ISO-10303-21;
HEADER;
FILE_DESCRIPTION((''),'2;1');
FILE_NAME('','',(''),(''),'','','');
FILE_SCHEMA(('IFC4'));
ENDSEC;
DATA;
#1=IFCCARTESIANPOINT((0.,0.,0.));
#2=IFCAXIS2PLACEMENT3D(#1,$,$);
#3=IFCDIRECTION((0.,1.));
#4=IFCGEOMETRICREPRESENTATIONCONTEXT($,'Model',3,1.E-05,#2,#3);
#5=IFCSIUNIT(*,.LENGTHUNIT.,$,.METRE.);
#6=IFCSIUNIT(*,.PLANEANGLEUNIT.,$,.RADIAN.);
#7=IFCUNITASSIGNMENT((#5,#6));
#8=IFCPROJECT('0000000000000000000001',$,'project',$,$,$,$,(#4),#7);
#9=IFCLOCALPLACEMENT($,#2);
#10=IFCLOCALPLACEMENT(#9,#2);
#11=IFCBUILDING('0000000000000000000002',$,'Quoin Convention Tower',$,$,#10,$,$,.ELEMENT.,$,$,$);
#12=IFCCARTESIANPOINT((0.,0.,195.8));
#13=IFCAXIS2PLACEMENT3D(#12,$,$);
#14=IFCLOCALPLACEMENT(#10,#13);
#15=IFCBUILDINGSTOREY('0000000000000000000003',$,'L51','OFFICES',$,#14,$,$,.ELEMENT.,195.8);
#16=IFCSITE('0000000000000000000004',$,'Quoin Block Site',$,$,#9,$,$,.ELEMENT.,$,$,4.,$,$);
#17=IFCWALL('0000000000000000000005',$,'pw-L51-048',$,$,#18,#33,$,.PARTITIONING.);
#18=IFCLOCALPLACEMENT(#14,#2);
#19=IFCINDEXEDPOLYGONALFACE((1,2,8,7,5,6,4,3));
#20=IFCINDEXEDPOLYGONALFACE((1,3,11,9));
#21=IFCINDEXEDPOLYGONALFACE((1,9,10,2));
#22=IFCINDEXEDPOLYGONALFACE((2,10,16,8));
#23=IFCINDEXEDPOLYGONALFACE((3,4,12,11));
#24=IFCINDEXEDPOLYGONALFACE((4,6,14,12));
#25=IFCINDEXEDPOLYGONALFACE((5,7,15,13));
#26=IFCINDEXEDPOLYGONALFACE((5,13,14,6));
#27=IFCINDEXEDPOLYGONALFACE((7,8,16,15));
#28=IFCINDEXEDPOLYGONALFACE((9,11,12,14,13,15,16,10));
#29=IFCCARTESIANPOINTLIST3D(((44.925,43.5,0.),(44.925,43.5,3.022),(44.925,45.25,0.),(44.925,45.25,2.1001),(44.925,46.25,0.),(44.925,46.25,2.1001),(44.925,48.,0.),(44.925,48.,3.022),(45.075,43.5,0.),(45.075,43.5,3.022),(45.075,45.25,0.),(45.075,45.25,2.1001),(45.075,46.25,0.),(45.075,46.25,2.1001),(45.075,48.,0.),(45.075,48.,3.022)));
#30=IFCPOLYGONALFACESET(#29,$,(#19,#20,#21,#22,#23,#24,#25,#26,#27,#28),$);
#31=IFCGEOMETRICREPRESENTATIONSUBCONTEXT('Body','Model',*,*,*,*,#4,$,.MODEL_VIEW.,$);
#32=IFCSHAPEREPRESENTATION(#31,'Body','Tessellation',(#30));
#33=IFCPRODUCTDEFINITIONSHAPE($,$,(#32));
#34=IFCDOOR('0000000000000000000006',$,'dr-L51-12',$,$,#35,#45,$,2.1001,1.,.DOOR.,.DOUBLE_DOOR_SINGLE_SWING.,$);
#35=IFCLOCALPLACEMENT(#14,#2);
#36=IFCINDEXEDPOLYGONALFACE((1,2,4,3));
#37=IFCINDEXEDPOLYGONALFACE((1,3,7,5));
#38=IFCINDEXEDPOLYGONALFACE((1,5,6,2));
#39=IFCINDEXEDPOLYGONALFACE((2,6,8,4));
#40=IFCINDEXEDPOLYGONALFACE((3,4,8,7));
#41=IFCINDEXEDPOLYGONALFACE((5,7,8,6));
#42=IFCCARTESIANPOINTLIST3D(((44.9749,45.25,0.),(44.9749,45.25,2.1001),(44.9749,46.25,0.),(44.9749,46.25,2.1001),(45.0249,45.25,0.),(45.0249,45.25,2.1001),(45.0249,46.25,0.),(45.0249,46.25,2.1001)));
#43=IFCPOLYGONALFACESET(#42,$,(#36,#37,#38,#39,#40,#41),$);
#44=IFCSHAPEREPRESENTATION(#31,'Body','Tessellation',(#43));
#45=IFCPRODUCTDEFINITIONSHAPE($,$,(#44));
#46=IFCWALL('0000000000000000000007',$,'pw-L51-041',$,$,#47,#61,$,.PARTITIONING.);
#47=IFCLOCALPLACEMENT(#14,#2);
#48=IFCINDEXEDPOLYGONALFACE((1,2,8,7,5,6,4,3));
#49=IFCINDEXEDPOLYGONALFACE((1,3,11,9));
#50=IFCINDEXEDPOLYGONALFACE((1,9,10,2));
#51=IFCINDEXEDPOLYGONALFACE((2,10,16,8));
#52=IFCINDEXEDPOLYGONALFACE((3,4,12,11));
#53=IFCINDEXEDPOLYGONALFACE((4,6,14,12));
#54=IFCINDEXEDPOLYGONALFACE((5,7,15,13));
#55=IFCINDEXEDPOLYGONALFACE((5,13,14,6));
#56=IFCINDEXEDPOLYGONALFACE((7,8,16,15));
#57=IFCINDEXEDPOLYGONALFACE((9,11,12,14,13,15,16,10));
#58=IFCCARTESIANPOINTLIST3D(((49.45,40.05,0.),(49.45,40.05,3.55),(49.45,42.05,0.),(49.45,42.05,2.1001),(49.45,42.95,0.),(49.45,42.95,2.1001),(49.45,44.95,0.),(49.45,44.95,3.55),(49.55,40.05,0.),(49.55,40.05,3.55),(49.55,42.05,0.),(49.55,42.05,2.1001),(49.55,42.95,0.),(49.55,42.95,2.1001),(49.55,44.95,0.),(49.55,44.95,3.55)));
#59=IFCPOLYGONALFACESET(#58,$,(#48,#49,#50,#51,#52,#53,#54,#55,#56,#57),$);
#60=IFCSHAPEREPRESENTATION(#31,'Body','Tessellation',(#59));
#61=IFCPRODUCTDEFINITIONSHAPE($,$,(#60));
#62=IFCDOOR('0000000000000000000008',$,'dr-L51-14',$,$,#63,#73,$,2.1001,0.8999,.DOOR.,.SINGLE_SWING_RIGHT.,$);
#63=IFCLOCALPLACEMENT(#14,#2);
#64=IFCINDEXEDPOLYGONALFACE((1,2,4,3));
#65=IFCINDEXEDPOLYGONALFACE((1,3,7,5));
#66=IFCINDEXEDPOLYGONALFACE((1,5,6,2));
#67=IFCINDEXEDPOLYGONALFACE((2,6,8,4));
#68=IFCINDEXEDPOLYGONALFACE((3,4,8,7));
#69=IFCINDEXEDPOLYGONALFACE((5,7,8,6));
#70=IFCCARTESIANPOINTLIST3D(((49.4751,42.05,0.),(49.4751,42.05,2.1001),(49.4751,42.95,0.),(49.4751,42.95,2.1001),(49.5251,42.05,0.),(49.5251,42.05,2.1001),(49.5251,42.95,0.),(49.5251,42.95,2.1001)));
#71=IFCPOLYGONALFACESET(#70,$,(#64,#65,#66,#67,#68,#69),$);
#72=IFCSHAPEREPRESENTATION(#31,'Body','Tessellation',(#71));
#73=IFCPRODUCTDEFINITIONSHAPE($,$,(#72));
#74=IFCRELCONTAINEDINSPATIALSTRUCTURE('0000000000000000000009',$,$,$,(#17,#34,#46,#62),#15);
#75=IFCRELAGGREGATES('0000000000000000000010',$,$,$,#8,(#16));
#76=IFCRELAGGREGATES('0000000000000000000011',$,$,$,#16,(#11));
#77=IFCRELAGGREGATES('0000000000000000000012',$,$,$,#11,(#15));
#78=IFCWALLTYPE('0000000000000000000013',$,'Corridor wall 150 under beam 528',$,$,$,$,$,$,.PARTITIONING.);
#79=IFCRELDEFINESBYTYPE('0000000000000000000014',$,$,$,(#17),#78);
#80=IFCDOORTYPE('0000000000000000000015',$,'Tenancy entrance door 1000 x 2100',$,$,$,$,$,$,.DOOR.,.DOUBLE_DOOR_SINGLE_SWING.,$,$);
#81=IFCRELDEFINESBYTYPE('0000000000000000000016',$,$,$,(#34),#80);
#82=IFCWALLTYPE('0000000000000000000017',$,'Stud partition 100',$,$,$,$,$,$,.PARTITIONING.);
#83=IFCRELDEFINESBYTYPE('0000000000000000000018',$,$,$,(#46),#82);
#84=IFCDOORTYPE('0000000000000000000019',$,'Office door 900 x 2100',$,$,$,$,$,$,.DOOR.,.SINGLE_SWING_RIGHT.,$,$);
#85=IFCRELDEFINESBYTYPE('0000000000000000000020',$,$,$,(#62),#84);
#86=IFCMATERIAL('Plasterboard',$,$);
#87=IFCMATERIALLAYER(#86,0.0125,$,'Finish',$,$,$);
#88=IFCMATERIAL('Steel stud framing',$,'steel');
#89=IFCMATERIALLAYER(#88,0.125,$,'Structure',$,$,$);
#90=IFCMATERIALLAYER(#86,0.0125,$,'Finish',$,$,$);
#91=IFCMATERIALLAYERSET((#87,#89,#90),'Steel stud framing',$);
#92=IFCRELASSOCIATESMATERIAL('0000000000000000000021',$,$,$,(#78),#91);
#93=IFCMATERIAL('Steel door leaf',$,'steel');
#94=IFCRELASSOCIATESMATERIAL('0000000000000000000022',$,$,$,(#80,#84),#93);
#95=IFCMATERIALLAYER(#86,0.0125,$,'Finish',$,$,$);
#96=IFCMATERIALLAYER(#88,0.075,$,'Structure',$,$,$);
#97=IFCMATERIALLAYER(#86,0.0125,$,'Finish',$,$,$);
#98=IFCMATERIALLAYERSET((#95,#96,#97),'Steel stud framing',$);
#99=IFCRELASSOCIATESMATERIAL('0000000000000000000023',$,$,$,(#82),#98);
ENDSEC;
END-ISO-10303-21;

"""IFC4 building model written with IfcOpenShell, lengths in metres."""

from ifc_helpers import new_model, si_unit, direction, frame, frame_2d, origin, place, context, subcontext, project, spatial, rectangle, extrude, material, layer, layer_set, type_object, element, fill, save


model = new_model("IFC4")

# Units and contexts
model_context = context("Model", 3, precision=1e-05, world=origin(), true_north=direction((0.0, 1.0)))
body_context = subcontext(model_context, "Body", "Model", "MODEL_VIEW")
ifc_project = project(units=[si_unit("LENGTHUNIT", "METRE"), si_unit("PLANEANGLEUNIT", "RADIAN")], contexts=[model_context])

# Site, building, storey
site_placement = place(None, origin())
site = spatial("IfcSite", under=ifc_project, at=site_placement, Name="Quoin Block Site", CompositionType="ELEMENT", RefElevation=4.0)
building_placement = place(site_placement, origin())
building = spatial("IfcBuilding", under=site, at=building_placement, Name="Quoin Convention Tower", CompositionType="ELEMENT")
storey_placement = place(building_placement, frame((0.0, 0.0, 195.8)))
storey = spatial("IfcBuildingStorey", under=building, at=storey_placement, Name="L51", Description="OFFICES", CompositionType="ELEMENT", Elevation=195.8)

# Shared definitions
ifc_material_1 = material(Name="Plasterboard")
ifc_material_2 = material(Name="Steel stud framing", Category="steel")
ifc_layer_1 = layer(ifc_material_1, 0.0125, Name="Finish")
ifc_layer_2 = layer(ifc_material_2, 0.125, Name="Structure")
ifc_layer_3 = layer(ifc_material_1, 0.0125, Name="Finish")
ifc_layer_set_1 = layer_set([ifc_layer_1, ifc_layer_2, ifc_layer_3], Name="Steel stud framing")
wall_type_1 = type_object("IfcWallType", Name="Corridor wall 150 under beam 528", PredefinedType="PARTITIONING", material=ifc_layer_set_1)

# Walls, openings, doors
wall_1_placement = place(storey_placement, frame((45.0, 43.5, 0.0), z_axis=(0.0, 0.0, 1.0), x_axis=(0.0, 1.0, 0.0)))
wall_1 = element("IfcWall", 1, at=wall_1_placement, inside=storey, type_object=wall_type_1, Name="pw-L51-048", PredefinedType="PARTITIONING", context=body_context, shape_type="SweptSolid", body=[
    extrude(rectangle(XDim=4.5, YDim=0.1499, at=frame_2d((2.25, 0.0))), origin(), (0.0, 0.0, 1.0), 3.022),
])
opening_1_placement = place(wall_1_placement, frame((1.75, 0.0, 0.0)))
opening_1 = element("IfcOpeningElement", 2, at=opening_1_placement, cuts=wall_1, PredefinedType="OPENING", context=body_context, shape_type="SweptSolid", body=[
    extrude(rectangle(XDim=1.0, YDim=2.1001, at=frame_2d((0.5, 1.05))), frame((0.0, 0.085, 0.0), z_axis=(0.0, -1.0, 0.0), x_axis=(1.0, 0.0, 0.0)), (0.0, 0.0, 1.0), 0.1699),
])
ifc_material_3 = material(Name="Steel door leaf", Category="steel")
door_type_1 = type_object("IfcDoorType", Name="Tenancy entrance door 1000 x 2100", OperationType="DOUBLE_DOOR_SINGLE_SWING", PredefinedType="DOOR", material=ifc_material_3)
door_1_placement = place(opening_1_placement, frame((1.0, 0.0, 0.0), z_axis=(0.0, 0.0, 1.0), x_axis=(-1.0, 0.0, 0.0)))
door_1 = element("IfcDoor", 3, at=door_1_placement, inside=storey, type_object=door_type_1, Name="dr-L51-12", OperationType="DOUBLE_DOOR_SINGLE_SWING", OverallHeight=2.1001, OverallWidth=1.0, PredefinedType="DOOR", context=body_context, shape_type="SweptSolid", body=[
    extrude(rectangle(XDim=1.0, YDim=2.1001, at=frame_2d((0.5, 1.05))), frame((0.0, 0.0249, 0.0), z_axis=(0.0, -1.0, 0.0), x_axis=(1.0, 0.0, 0.0)), (0.0, 0.0, 1.0), 0.05),
])
fill(opening_1, door_1)
ifc_layer_4 = layer(ifc_material_1, 0.0125, Name="Finish")
ifc_layer_5 = layer(ifc_material_2, 0.075, Name="Structure")
ifc_layer_6 = layer(ifc_material_1, 0.0125, Name="Finish")
ifc_layer_set_2 = layer_set([ifc_layer_4, ifc_layer_5, ifc_layer_6], Name="Steel stud framing")
wall_type_2 = type_object("IfcWallType", Name="Stud partition 100", PredefinedType="PARTITIONING", material=ifc_layer_set_2)
wall_2_placement = place(storey_placement, frame((49.5, 40.05, 0.0), z_axis=(0.0, 0.0, 1.0), x_axis=(0.0, 1.0, 0.0)))
wall_2 = element("IfcWall", 4, at=wall_2_placement, inside=storey, type_object=wall_type_2, Name="pw-L51-041", PredefinedType="PARTITIONING", context=body_context, shape_type="SweptSolid", body=[
    extrude(rectangle(XDim=4.8999, YDim=0.1001, at=frame_2d((2.45, 0.0))), origin(), (0.0, 0.0, 1.0), 3.55),
])
opening_2_placement = place(wall_2_placement, frame((2.0, 0.0, 0.0)))
opening_2 = element("IfcOpeningElement", 5, at=opening_2_placement, cuts=wall_2, PredefinedType="OPENING", context=body_context, shape_type="SweptSolid", body=[
    extrude(rectangle(XDim=0.8999, YDim=2.1001, at=frame_2d((0.45, 1.05))), frame((0.0, 0.0601, 0.0), z_axis=(0.0, -1.0, 0.0), x_axis=(1.0, 0.0, 0.0)), (0.0, 0.0, 1.0), 0.1201),
])
door_type_2 = type_object("IfcDoorType", Name="Office door 900 x 2100", OperationType="SINGLE_SWING_RIGHT", PredefinedType="DOOR", material=ifc_material_3)
door_2_placement = place(opening_2_placement, origin())
door_2 = element("IfcDoor", 6, at=door_2_placement, inside=storey, type_object=door_type_2, Name="dr-L51-14", OperationType="SINGLE_SWING_RIGHT", OverallHeight=2.1001, OverallWidth=0.8999, PredefinedType="DOOR", context=body_context, shape_type="SweptSolid", body=[
    extrude(rectangle(XDim=0.8999, YDim=2.1001, at=frame_2d((0.45, 1.05))), frame((0.0, 0.0249, 0.0), z_axis=(0.0, -1.0, 0.0), x_axis=(1.0, 0.0, 0.0)), (0.0, 0.0, 1.0), 0.05),
])
fill(opening_2, door_2)

save(model, "model.ifc")
